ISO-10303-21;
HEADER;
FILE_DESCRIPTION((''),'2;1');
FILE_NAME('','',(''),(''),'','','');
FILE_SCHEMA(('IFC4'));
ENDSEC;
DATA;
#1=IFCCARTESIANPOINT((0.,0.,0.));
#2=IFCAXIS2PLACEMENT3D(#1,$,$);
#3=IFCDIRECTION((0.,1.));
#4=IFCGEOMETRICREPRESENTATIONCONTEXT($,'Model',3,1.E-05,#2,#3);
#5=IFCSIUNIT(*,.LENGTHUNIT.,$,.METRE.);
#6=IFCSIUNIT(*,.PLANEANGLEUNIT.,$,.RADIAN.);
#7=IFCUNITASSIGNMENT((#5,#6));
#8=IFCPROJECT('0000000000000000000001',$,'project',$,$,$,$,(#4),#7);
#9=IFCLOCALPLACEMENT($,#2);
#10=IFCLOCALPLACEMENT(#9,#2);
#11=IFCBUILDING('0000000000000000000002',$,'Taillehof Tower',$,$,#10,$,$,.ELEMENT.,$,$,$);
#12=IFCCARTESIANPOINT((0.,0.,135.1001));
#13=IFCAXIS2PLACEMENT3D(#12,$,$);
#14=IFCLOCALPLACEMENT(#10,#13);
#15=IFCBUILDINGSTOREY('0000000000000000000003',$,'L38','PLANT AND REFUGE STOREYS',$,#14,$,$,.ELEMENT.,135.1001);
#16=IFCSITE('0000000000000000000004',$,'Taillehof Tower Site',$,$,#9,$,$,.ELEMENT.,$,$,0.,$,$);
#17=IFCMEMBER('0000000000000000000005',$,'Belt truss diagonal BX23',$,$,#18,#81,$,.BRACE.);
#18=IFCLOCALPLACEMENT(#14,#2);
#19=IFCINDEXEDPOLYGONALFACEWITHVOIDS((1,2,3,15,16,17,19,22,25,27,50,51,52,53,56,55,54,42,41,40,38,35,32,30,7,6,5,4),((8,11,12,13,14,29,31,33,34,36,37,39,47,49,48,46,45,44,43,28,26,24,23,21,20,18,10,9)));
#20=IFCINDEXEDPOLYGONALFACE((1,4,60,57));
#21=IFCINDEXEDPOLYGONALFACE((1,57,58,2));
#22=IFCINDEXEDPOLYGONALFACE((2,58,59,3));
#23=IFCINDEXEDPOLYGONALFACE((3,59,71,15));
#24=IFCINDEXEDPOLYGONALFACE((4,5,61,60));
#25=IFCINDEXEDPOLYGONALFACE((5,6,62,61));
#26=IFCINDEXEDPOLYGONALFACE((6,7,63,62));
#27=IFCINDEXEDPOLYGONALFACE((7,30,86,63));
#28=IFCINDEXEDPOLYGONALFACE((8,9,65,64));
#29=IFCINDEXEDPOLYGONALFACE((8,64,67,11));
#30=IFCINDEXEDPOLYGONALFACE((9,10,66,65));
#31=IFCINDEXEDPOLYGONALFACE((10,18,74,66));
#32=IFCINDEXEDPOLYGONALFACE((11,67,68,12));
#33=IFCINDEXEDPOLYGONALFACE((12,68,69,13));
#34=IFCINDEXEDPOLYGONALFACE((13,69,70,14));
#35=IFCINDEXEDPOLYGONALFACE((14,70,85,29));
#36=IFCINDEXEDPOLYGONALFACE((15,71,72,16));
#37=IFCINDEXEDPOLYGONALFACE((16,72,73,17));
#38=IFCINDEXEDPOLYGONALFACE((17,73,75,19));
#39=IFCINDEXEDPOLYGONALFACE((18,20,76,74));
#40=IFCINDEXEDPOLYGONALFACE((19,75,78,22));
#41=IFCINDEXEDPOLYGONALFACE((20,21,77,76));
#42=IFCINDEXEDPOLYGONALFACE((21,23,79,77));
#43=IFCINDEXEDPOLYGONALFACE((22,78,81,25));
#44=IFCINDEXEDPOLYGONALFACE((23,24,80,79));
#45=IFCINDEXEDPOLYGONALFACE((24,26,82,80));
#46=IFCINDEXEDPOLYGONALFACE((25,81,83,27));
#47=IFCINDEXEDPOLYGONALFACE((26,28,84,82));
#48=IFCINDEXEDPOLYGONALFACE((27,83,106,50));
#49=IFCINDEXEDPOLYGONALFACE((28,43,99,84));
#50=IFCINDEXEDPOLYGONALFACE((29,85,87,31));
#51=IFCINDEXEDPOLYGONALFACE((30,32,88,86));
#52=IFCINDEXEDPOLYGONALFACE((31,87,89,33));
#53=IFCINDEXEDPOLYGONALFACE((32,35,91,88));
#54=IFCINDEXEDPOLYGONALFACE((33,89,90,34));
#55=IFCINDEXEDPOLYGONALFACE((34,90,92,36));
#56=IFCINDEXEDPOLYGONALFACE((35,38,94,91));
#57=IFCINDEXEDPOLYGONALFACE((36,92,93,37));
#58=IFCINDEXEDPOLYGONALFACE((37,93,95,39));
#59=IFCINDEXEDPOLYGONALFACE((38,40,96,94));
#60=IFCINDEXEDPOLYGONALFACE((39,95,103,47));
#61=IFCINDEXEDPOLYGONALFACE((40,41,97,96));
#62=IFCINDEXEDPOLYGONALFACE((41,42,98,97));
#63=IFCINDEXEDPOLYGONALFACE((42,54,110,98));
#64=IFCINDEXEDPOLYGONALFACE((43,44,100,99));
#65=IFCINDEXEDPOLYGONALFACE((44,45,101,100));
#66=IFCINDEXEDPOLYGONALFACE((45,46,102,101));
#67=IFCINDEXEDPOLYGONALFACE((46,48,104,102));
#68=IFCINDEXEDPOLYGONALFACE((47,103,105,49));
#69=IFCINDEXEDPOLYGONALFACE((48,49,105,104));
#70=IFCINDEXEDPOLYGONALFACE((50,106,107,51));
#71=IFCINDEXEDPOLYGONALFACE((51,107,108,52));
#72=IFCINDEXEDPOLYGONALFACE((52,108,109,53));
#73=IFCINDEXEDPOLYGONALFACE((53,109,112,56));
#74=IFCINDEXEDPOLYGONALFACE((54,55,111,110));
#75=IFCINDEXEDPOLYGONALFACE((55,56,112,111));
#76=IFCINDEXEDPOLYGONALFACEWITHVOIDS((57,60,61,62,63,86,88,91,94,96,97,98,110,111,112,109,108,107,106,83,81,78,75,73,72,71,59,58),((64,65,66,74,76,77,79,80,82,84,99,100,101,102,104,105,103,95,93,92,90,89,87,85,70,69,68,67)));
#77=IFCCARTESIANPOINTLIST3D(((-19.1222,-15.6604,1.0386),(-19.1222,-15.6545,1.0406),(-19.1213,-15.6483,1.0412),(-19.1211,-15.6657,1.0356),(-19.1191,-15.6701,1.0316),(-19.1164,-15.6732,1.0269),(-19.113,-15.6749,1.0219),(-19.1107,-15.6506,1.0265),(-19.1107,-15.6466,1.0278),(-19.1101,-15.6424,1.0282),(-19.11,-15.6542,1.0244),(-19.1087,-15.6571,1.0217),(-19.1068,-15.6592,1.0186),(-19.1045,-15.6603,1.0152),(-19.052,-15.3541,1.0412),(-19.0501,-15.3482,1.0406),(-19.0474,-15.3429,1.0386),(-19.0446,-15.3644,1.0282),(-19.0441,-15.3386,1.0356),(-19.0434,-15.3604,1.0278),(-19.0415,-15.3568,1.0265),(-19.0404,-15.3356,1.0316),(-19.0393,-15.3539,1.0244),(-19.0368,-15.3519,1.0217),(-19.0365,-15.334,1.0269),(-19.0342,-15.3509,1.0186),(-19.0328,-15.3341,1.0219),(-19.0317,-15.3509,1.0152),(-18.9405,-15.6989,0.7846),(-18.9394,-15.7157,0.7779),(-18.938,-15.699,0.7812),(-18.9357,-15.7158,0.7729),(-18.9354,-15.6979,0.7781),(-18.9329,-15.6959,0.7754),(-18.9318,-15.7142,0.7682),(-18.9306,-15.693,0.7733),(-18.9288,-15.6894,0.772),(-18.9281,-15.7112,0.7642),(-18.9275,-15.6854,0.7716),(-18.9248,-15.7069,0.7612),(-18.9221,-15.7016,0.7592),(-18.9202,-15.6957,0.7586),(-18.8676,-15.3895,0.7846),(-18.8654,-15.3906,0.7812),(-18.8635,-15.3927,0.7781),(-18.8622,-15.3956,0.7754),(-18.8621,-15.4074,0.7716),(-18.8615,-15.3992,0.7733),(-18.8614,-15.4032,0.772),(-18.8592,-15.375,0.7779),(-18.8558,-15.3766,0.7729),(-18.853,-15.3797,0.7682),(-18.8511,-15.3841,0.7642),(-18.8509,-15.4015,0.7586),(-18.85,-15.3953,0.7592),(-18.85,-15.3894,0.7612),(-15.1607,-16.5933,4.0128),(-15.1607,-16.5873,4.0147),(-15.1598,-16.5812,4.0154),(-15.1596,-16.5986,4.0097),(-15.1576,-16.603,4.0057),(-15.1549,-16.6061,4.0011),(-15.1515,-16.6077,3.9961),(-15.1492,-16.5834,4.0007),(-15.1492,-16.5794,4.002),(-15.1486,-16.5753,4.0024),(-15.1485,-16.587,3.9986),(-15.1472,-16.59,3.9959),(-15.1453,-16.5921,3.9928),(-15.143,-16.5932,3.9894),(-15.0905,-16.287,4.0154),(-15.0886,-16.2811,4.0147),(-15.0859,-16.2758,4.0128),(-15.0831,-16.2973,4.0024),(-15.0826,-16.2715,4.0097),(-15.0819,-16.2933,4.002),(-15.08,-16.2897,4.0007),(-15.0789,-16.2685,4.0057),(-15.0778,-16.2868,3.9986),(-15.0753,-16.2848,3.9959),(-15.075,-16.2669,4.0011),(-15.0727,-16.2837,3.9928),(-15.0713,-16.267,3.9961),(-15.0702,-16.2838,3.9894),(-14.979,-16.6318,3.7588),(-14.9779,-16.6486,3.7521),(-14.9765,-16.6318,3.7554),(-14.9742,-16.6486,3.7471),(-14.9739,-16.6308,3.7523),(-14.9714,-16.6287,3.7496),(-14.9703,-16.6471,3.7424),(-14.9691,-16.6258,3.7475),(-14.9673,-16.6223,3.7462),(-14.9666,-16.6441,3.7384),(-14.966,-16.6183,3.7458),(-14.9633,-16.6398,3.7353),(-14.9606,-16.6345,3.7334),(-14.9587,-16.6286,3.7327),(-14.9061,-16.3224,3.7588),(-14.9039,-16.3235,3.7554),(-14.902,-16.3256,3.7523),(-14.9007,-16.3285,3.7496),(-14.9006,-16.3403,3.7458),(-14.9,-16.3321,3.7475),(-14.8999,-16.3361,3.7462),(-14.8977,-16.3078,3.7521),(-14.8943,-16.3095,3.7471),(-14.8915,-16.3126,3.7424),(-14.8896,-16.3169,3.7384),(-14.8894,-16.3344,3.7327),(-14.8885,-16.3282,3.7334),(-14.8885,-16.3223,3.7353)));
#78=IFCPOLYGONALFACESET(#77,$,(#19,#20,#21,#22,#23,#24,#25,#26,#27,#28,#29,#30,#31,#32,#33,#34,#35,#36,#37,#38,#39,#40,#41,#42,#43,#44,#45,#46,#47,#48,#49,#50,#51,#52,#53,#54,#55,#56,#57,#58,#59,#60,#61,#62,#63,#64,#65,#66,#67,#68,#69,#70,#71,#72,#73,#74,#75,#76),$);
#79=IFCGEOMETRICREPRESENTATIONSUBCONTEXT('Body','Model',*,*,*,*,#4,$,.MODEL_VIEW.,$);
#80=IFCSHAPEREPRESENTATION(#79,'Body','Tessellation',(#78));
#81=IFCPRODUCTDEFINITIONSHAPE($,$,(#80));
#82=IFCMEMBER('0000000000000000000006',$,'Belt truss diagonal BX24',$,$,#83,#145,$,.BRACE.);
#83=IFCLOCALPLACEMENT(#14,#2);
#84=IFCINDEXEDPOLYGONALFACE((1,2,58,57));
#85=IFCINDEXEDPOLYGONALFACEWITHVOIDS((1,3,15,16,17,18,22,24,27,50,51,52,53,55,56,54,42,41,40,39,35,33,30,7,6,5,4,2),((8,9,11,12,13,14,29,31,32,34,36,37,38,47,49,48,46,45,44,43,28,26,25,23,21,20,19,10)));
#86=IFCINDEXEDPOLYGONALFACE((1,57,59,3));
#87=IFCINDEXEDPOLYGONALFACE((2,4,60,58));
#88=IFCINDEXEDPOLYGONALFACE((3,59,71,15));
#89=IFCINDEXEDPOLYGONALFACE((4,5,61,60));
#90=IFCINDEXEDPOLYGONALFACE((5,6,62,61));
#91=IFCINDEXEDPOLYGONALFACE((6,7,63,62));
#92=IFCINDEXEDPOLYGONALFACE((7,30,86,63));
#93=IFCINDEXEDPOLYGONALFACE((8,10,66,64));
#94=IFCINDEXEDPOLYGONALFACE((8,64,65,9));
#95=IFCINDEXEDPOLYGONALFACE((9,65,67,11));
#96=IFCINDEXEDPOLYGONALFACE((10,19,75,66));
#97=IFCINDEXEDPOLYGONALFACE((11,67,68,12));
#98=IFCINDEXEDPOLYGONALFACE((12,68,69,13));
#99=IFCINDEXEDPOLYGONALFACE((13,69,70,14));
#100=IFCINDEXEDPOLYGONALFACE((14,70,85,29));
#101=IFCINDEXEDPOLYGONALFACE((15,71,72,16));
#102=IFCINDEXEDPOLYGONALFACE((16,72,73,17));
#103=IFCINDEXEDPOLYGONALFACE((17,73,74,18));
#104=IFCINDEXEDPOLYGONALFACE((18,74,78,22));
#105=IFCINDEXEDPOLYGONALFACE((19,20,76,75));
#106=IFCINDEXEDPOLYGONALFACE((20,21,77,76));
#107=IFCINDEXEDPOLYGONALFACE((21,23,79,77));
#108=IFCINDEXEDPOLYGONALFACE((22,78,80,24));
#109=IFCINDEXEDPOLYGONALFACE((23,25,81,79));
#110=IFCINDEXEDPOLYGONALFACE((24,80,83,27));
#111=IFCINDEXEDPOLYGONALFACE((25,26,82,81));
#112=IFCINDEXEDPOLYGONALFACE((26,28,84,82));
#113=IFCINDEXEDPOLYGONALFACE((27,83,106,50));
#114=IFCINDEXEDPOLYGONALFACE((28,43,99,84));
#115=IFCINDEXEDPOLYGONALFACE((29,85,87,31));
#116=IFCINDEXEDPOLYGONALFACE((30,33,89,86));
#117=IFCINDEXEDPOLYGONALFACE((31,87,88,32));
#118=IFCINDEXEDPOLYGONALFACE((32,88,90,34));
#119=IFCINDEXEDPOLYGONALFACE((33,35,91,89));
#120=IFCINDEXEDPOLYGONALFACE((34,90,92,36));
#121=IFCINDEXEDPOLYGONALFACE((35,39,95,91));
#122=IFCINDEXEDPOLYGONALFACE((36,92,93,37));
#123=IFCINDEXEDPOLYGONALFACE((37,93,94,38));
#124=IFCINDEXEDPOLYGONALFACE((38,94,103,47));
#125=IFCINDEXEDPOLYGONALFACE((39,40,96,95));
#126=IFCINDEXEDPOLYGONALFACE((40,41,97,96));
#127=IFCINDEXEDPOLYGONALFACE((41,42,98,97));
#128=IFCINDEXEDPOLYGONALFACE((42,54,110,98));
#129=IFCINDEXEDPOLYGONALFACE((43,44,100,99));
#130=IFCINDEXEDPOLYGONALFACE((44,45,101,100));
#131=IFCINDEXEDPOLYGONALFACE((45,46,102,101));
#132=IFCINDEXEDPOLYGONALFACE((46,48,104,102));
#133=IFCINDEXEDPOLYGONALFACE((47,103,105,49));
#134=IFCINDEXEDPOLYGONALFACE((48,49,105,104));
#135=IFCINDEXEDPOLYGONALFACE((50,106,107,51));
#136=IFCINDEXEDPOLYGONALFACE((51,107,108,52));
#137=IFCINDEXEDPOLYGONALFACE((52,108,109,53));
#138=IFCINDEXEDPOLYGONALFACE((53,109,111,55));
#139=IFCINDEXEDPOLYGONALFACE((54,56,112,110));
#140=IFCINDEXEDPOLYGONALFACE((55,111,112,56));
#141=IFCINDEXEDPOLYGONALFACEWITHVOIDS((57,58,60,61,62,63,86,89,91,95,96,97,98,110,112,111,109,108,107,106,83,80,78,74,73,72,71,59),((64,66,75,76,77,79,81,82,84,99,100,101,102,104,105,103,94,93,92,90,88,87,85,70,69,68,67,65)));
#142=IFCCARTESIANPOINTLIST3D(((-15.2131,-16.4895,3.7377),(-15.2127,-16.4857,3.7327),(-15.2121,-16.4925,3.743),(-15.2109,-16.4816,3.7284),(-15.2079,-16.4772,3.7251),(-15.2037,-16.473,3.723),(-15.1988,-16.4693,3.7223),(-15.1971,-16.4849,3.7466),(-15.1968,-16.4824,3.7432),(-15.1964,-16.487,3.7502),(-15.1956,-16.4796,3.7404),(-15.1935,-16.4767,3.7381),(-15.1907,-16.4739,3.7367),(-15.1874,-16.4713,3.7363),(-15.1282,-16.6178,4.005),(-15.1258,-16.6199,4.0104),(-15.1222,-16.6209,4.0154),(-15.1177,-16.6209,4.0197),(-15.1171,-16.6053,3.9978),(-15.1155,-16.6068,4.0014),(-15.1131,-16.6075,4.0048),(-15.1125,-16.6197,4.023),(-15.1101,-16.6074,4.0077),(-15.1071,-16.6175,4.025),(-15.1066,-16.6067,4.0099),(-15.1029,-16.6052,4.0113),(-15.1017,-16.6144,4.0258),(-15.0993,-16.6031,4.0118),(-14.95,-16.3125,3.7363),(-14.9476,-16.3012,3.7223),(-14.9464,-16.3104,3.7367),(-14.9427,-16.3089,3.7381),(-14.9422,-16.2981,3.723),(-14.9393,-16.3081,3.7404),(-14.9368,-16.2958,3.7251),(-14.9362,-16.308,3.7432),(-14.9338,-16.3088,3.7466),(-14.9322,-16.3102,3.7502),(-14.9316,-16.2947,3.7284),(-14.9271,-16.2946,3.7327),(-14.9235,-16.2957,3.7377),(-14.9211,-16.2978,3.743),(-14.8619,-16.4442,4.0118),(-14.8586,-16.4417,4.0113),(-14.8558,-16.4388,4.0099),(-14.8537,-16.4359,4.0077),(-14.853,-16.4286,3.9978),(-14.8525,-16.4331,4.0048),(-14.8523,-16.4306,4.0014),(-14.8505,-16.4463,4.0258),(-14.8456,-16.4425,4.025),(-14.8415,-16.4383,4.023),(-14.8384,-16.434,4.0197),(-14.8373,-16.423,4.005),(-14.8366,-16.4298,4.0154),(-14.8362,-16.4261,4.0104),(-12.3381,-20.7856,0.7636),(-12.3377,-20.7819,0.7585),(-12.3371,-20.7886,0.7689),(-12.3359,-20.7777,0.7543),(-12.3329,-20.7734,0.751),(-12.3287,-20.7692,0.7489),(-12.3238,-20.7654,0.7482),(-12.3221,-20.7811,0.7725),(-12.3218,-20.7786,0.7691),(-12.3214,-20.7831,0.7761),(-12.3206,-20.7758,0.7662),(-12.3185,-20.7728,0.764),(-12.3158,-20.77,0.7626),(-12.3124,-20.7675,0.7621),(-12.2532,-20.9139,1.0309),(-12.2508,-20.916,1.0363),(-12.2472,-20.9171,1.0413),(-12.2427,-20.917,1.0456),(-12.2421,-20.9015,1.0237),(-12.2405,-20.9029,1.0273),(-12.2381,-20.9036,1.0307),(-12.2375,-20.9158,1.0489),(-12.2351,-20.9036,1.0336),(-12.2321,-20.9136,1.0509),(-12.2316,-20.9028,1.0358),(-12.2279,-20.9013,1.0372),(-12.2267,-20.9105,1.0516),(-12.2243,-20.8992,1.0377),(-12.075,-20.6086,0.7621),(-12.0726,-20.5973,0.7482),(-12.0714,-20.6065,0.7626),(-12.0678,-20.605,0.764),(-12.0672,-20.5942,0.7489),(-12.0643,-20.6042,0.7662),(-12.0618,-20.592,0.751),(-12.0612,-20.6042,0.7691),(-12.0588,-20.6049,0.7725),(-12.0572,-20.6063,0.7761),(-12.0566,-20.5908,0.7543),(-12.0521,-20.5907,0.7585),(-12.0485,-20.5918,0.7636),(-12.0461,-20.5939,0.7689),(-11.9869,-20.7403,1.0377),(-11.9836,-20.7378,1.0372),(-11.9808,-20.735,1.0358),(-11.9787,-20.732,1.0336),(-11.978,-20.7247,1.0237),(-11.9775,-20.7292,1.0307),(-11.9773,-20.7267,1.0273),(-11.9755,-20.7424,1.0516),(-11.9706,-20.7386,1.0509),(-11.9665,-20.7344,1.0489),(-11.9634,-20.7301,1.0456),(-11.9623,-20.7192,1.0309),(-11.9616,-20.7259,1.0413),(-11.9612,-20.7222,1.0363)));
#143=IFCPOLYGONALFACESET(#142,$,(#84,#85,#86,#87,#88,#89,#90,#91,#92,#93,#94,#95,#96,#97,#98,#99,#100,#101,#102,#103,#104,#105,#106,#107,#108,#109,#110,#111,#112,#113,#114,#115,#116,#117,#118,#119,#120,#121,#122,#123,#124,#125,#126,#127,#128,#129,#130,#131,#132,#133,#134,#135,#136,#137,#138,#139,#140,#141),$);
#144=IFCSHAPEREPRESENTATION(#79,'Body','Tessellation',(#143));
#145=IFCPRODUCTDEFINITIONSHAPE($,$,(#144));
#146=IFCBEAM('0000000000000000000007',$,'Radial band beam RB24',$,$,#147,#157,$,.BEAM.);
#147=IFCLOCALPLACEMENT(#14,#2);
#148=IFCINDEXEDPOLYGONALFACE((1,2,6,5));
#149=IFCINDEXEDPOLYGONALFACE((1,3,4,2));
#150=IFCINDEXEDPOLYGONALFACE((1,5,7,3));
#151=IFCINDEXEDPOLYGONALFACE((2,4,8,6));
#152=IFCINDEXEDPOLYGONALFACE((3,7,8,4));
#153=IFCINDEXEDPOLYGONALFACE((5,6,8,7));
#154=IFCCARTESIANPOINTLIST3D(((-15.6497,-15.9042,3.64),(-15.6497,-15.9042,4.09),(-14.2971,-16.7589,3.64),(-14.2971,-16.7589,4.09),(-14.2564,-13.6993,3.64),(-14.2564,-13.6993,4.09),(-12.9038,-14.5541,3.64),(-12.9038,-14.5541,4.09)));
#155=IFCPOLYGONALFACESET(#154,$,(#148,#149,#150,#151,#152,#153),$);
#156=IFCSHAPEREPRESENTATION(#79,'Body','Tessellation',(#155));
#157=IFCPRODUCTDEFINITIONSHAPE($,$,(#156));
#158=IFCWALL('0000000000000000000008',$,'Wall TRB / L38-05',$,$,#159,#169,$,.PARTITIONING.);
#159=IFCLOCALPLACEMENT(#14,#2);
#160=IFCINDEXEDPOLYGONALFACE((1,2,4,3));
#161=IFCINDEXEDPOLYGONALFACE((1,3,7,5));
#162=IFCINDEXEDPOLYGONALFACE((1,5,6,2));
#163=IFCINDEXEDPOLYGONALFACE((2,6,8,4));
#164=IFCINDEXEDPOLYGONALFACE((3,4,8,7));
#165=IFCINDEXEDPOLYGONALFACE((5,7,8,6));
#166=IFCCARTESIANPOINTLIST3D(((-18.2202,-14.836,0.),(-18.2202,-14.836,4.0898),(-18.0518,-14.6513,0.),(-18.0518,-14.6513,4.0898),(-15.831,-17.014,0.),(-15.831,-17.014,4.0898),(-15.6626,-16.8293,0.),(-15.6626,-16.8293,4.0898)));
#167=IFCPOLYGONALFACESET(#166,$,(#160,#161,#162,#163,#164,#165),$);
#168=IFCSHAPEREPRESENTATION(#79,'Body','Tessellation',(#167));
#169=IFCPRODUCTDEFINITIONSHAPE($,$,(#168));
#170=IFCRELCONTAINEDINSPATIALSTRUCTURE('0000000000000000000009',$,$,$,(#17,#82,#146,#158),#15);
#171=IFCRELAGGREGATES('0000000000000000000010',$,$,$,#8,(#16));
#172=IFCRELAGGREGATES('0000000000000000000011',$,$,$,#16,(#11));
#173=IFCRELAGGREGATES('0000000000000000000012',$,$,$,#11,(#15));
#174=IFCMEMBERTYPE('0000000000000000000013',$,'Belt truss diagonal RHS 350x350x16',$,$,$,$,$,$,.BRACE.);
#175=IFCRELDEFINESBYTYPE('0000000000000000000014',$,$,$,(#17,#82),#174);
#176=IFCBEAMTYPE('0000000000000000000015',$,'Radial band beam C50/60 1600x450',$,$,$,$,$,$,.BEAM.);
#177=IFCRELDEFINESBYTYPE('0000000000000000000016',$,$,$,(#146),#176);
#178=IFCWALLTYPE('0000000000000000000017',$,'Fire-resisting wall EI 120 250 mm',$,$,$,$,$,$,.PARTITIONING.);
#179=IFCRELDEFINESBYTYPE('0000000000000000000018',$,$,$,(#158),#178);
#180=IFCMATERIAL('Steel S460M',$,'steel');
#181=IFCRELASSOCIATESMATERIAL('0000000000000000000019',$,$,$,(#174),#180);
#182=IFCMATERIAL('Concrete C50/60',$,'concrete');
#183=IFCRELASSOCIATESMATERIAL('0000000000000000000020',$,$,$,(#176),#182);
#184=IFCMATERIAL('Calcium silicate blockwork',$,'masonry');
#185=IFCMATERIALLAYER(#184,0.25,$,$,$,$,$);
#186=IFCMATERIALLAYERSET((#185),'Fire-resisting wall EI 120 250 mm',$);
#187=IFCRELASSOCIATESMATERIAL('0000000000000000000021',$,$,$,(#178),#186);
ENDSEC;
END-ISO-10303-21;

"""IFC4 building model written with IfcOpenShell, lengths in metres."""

from ifc_helpers import new_model, si_unit, direction, frame, frame_2d, origin, origin_2d, place, context, subcontext, project, spatial, rectangle, hollow_rectangle, extrude, material, layer, layer_set, material_profile, profile_set, type_object, element, save


model = new_model("IFC4")

# Units and contexts
model_context = context("Model", 3, precision=1e-05, world=origin(), true_north=direction((0.0, 1.0)))
body_context = subcontext(model_context, "Body", "Model", "MODEL_VIEW")
ifc_project = project(units=[si_unit("LENGTHUNIT", "METRE"), si_unit("PLANEANGLEUNIT", "RADIAN")], contexts=[model_context])

# Site, building, storey
site_placement = place(None, origin())
site = spatial("IfcSite", under=ifc_project, at=site_placement, Name="Taillehof Tower Site", CompositionType="ELEMENT", RefElevation=0.0)
building_placement = place(site_placement, origin())
building = spatial("IfcBuilding", under=site, at=building_placement, Name="Taillehof Tower", CompositionType="ELEMENT")
storey_placement = place(building_placement, frame((0.0, 0.0, 135.1001)))
storey = spatial("IfcBuildingStorey", under=building, at=storey_placement, Name="L38", Description="PLANT AND REFUGE STOREYS", CompositionType="ELEMENT", Elevation=135.1001)

# Members
ifc_material_1 = material(Name="Steel S460M", Category="steel")
ifc_material_profile_1 = material_profile(ifc_material_1, hollow_rectangle(XDim=0.3501, YDim=0.3501, WallThickness=0.0161, InnerFilletRadius=0.0161, OuterFilletRadius=0.0239, at=origin_2d()), Name="RHS 350x350x16")
ifc_profile_set_1 = profile_set([ifc_material_profile_1], Name="Steel S460M")
member_type_1 = type_object("IfcMemberType", Name="Belt truss diagonal RHS 350x350x16", PredefinedType="BRACE", material=ifc_profile_set_1)
member_1_placement = place(storey_placement, frame((-18.9861, -15.5249, 0.8999), z_axis=(0.78589, -0.185066, 0.590023), x_axis=(0.229217, 0.973375, 0.0)))
element("IfcMember", 1, at=member_1_placement, inside=storey, type_object=member_type_1, Name="Belt truss diagonal BX23", PredefinedType="BRACE", context=body_context, shape_type="SweptSolid", body=[
    extrude(hollow_rectangle(XDim=0.3501, YDim=0.3501, WallThickness=0.0161, InnerFilletRadius=0.0161, OuterFilletRadius=0.0239, at=origin_2d()), origin(), (0.0, 0.0, 1.0), 5.0408),
])
member_2_placement = place(storey_placement, frame((-15.0247, -16.4578, 3.874), z_axis=(0.482069, -0.72036, -0.498689), x_axis=(0.831075, 0.55616, 0.0)))
element("IfcMember", 2, at=member_2_placement, inside=storey, type_object=member_type_1, Name="Belt truss diagonal BX24", PredefinedType="BRACE", context=body_context, shape_type="SweptSolid", body=[
    extrude(hollow_rectangle(XDim=0.3501, YDim=0.3501, WallThickness=0.0161, InnerFilletRadius=0.0161, OuterFilletRadius=0.0239, at=origin_2d()), origin(), (0.0, 0.0, 1.0), 5.9639),
])

# Beam
ifc_material_2 = material(Name="Concrete C50/60", Category="concrete")
ifc_material_profile_2 = material_profile(ifc_material_2, rectangle(XDim=1.6001, YDim=0.45, at=origin_2d()), Name="RC 1600x450")
ifc_profile_set_2 = profile_set([ifc_material_profile_2], Name="Concrete C50/60")
beam_type = type_object("IfcBeamType", Name="Radial band beam C50/60 1600x450", PredefinedType="BEAM", material=ifc_profile_set_2)
beam_placement = place(storey_placement, frame((-14.9734, -16.3315, 3.865), z_axis=(0.534208, 0.845353, 0.0), x_axis=(-0.845353, 0.534208, 0.0)))
element("IfcBeam", 3, at=beam_placement, inside=storey, type_object=beam_type, Name="Radial band beam RB24", PredefinedType="BEAM", context=body_context, shape_type="SweptSolid", body=[
    extrude(rectangle(XDim=1.6001, YDim=0.45, at=origin_2d()), origin(), (0.0, 0.0, 1.0), 2.6082),
])

# Wall
ifc_material_3 = material(Name="Calcium silicate blockwork", Category="masonry")
ifc_layer_1 = layer(ifc_material_3, 0.25)
ifc_layer_set_1 = layer_set([ifc_layer_1], Name="Fire-resisting wall EI 120 250 mm")
wall_type_1 = type_object("IfcWallType", Name="Fire-resisting wall EI 120 250 mm", PredefinedType="PARTITIONING", material=ifc_layer_set_1)
wall_1_placement = place(storey_placement, frame((-18.136, -14.7437, 0.0), z_axis=(0.0, 0.0, 1.0), x_axis=(0.739013, -0.673691, 0.0)))
element("IfcWall", 4, at=wall_1_placement, inside=storey, type_object=wall_type_1, Name="Wall TRB / L38-05", PredefinedType="PARTITIONING", context=body_context, shape_type="SweptSolid", body=[
    extrude(rectangle(XDim=3.2329, YDim=0.25, at=frame_2d((1.6165, 0.0))), origin(), (0.0, 0.0, 1.0), 4.0898),
])

save(model, "model.ifc")
